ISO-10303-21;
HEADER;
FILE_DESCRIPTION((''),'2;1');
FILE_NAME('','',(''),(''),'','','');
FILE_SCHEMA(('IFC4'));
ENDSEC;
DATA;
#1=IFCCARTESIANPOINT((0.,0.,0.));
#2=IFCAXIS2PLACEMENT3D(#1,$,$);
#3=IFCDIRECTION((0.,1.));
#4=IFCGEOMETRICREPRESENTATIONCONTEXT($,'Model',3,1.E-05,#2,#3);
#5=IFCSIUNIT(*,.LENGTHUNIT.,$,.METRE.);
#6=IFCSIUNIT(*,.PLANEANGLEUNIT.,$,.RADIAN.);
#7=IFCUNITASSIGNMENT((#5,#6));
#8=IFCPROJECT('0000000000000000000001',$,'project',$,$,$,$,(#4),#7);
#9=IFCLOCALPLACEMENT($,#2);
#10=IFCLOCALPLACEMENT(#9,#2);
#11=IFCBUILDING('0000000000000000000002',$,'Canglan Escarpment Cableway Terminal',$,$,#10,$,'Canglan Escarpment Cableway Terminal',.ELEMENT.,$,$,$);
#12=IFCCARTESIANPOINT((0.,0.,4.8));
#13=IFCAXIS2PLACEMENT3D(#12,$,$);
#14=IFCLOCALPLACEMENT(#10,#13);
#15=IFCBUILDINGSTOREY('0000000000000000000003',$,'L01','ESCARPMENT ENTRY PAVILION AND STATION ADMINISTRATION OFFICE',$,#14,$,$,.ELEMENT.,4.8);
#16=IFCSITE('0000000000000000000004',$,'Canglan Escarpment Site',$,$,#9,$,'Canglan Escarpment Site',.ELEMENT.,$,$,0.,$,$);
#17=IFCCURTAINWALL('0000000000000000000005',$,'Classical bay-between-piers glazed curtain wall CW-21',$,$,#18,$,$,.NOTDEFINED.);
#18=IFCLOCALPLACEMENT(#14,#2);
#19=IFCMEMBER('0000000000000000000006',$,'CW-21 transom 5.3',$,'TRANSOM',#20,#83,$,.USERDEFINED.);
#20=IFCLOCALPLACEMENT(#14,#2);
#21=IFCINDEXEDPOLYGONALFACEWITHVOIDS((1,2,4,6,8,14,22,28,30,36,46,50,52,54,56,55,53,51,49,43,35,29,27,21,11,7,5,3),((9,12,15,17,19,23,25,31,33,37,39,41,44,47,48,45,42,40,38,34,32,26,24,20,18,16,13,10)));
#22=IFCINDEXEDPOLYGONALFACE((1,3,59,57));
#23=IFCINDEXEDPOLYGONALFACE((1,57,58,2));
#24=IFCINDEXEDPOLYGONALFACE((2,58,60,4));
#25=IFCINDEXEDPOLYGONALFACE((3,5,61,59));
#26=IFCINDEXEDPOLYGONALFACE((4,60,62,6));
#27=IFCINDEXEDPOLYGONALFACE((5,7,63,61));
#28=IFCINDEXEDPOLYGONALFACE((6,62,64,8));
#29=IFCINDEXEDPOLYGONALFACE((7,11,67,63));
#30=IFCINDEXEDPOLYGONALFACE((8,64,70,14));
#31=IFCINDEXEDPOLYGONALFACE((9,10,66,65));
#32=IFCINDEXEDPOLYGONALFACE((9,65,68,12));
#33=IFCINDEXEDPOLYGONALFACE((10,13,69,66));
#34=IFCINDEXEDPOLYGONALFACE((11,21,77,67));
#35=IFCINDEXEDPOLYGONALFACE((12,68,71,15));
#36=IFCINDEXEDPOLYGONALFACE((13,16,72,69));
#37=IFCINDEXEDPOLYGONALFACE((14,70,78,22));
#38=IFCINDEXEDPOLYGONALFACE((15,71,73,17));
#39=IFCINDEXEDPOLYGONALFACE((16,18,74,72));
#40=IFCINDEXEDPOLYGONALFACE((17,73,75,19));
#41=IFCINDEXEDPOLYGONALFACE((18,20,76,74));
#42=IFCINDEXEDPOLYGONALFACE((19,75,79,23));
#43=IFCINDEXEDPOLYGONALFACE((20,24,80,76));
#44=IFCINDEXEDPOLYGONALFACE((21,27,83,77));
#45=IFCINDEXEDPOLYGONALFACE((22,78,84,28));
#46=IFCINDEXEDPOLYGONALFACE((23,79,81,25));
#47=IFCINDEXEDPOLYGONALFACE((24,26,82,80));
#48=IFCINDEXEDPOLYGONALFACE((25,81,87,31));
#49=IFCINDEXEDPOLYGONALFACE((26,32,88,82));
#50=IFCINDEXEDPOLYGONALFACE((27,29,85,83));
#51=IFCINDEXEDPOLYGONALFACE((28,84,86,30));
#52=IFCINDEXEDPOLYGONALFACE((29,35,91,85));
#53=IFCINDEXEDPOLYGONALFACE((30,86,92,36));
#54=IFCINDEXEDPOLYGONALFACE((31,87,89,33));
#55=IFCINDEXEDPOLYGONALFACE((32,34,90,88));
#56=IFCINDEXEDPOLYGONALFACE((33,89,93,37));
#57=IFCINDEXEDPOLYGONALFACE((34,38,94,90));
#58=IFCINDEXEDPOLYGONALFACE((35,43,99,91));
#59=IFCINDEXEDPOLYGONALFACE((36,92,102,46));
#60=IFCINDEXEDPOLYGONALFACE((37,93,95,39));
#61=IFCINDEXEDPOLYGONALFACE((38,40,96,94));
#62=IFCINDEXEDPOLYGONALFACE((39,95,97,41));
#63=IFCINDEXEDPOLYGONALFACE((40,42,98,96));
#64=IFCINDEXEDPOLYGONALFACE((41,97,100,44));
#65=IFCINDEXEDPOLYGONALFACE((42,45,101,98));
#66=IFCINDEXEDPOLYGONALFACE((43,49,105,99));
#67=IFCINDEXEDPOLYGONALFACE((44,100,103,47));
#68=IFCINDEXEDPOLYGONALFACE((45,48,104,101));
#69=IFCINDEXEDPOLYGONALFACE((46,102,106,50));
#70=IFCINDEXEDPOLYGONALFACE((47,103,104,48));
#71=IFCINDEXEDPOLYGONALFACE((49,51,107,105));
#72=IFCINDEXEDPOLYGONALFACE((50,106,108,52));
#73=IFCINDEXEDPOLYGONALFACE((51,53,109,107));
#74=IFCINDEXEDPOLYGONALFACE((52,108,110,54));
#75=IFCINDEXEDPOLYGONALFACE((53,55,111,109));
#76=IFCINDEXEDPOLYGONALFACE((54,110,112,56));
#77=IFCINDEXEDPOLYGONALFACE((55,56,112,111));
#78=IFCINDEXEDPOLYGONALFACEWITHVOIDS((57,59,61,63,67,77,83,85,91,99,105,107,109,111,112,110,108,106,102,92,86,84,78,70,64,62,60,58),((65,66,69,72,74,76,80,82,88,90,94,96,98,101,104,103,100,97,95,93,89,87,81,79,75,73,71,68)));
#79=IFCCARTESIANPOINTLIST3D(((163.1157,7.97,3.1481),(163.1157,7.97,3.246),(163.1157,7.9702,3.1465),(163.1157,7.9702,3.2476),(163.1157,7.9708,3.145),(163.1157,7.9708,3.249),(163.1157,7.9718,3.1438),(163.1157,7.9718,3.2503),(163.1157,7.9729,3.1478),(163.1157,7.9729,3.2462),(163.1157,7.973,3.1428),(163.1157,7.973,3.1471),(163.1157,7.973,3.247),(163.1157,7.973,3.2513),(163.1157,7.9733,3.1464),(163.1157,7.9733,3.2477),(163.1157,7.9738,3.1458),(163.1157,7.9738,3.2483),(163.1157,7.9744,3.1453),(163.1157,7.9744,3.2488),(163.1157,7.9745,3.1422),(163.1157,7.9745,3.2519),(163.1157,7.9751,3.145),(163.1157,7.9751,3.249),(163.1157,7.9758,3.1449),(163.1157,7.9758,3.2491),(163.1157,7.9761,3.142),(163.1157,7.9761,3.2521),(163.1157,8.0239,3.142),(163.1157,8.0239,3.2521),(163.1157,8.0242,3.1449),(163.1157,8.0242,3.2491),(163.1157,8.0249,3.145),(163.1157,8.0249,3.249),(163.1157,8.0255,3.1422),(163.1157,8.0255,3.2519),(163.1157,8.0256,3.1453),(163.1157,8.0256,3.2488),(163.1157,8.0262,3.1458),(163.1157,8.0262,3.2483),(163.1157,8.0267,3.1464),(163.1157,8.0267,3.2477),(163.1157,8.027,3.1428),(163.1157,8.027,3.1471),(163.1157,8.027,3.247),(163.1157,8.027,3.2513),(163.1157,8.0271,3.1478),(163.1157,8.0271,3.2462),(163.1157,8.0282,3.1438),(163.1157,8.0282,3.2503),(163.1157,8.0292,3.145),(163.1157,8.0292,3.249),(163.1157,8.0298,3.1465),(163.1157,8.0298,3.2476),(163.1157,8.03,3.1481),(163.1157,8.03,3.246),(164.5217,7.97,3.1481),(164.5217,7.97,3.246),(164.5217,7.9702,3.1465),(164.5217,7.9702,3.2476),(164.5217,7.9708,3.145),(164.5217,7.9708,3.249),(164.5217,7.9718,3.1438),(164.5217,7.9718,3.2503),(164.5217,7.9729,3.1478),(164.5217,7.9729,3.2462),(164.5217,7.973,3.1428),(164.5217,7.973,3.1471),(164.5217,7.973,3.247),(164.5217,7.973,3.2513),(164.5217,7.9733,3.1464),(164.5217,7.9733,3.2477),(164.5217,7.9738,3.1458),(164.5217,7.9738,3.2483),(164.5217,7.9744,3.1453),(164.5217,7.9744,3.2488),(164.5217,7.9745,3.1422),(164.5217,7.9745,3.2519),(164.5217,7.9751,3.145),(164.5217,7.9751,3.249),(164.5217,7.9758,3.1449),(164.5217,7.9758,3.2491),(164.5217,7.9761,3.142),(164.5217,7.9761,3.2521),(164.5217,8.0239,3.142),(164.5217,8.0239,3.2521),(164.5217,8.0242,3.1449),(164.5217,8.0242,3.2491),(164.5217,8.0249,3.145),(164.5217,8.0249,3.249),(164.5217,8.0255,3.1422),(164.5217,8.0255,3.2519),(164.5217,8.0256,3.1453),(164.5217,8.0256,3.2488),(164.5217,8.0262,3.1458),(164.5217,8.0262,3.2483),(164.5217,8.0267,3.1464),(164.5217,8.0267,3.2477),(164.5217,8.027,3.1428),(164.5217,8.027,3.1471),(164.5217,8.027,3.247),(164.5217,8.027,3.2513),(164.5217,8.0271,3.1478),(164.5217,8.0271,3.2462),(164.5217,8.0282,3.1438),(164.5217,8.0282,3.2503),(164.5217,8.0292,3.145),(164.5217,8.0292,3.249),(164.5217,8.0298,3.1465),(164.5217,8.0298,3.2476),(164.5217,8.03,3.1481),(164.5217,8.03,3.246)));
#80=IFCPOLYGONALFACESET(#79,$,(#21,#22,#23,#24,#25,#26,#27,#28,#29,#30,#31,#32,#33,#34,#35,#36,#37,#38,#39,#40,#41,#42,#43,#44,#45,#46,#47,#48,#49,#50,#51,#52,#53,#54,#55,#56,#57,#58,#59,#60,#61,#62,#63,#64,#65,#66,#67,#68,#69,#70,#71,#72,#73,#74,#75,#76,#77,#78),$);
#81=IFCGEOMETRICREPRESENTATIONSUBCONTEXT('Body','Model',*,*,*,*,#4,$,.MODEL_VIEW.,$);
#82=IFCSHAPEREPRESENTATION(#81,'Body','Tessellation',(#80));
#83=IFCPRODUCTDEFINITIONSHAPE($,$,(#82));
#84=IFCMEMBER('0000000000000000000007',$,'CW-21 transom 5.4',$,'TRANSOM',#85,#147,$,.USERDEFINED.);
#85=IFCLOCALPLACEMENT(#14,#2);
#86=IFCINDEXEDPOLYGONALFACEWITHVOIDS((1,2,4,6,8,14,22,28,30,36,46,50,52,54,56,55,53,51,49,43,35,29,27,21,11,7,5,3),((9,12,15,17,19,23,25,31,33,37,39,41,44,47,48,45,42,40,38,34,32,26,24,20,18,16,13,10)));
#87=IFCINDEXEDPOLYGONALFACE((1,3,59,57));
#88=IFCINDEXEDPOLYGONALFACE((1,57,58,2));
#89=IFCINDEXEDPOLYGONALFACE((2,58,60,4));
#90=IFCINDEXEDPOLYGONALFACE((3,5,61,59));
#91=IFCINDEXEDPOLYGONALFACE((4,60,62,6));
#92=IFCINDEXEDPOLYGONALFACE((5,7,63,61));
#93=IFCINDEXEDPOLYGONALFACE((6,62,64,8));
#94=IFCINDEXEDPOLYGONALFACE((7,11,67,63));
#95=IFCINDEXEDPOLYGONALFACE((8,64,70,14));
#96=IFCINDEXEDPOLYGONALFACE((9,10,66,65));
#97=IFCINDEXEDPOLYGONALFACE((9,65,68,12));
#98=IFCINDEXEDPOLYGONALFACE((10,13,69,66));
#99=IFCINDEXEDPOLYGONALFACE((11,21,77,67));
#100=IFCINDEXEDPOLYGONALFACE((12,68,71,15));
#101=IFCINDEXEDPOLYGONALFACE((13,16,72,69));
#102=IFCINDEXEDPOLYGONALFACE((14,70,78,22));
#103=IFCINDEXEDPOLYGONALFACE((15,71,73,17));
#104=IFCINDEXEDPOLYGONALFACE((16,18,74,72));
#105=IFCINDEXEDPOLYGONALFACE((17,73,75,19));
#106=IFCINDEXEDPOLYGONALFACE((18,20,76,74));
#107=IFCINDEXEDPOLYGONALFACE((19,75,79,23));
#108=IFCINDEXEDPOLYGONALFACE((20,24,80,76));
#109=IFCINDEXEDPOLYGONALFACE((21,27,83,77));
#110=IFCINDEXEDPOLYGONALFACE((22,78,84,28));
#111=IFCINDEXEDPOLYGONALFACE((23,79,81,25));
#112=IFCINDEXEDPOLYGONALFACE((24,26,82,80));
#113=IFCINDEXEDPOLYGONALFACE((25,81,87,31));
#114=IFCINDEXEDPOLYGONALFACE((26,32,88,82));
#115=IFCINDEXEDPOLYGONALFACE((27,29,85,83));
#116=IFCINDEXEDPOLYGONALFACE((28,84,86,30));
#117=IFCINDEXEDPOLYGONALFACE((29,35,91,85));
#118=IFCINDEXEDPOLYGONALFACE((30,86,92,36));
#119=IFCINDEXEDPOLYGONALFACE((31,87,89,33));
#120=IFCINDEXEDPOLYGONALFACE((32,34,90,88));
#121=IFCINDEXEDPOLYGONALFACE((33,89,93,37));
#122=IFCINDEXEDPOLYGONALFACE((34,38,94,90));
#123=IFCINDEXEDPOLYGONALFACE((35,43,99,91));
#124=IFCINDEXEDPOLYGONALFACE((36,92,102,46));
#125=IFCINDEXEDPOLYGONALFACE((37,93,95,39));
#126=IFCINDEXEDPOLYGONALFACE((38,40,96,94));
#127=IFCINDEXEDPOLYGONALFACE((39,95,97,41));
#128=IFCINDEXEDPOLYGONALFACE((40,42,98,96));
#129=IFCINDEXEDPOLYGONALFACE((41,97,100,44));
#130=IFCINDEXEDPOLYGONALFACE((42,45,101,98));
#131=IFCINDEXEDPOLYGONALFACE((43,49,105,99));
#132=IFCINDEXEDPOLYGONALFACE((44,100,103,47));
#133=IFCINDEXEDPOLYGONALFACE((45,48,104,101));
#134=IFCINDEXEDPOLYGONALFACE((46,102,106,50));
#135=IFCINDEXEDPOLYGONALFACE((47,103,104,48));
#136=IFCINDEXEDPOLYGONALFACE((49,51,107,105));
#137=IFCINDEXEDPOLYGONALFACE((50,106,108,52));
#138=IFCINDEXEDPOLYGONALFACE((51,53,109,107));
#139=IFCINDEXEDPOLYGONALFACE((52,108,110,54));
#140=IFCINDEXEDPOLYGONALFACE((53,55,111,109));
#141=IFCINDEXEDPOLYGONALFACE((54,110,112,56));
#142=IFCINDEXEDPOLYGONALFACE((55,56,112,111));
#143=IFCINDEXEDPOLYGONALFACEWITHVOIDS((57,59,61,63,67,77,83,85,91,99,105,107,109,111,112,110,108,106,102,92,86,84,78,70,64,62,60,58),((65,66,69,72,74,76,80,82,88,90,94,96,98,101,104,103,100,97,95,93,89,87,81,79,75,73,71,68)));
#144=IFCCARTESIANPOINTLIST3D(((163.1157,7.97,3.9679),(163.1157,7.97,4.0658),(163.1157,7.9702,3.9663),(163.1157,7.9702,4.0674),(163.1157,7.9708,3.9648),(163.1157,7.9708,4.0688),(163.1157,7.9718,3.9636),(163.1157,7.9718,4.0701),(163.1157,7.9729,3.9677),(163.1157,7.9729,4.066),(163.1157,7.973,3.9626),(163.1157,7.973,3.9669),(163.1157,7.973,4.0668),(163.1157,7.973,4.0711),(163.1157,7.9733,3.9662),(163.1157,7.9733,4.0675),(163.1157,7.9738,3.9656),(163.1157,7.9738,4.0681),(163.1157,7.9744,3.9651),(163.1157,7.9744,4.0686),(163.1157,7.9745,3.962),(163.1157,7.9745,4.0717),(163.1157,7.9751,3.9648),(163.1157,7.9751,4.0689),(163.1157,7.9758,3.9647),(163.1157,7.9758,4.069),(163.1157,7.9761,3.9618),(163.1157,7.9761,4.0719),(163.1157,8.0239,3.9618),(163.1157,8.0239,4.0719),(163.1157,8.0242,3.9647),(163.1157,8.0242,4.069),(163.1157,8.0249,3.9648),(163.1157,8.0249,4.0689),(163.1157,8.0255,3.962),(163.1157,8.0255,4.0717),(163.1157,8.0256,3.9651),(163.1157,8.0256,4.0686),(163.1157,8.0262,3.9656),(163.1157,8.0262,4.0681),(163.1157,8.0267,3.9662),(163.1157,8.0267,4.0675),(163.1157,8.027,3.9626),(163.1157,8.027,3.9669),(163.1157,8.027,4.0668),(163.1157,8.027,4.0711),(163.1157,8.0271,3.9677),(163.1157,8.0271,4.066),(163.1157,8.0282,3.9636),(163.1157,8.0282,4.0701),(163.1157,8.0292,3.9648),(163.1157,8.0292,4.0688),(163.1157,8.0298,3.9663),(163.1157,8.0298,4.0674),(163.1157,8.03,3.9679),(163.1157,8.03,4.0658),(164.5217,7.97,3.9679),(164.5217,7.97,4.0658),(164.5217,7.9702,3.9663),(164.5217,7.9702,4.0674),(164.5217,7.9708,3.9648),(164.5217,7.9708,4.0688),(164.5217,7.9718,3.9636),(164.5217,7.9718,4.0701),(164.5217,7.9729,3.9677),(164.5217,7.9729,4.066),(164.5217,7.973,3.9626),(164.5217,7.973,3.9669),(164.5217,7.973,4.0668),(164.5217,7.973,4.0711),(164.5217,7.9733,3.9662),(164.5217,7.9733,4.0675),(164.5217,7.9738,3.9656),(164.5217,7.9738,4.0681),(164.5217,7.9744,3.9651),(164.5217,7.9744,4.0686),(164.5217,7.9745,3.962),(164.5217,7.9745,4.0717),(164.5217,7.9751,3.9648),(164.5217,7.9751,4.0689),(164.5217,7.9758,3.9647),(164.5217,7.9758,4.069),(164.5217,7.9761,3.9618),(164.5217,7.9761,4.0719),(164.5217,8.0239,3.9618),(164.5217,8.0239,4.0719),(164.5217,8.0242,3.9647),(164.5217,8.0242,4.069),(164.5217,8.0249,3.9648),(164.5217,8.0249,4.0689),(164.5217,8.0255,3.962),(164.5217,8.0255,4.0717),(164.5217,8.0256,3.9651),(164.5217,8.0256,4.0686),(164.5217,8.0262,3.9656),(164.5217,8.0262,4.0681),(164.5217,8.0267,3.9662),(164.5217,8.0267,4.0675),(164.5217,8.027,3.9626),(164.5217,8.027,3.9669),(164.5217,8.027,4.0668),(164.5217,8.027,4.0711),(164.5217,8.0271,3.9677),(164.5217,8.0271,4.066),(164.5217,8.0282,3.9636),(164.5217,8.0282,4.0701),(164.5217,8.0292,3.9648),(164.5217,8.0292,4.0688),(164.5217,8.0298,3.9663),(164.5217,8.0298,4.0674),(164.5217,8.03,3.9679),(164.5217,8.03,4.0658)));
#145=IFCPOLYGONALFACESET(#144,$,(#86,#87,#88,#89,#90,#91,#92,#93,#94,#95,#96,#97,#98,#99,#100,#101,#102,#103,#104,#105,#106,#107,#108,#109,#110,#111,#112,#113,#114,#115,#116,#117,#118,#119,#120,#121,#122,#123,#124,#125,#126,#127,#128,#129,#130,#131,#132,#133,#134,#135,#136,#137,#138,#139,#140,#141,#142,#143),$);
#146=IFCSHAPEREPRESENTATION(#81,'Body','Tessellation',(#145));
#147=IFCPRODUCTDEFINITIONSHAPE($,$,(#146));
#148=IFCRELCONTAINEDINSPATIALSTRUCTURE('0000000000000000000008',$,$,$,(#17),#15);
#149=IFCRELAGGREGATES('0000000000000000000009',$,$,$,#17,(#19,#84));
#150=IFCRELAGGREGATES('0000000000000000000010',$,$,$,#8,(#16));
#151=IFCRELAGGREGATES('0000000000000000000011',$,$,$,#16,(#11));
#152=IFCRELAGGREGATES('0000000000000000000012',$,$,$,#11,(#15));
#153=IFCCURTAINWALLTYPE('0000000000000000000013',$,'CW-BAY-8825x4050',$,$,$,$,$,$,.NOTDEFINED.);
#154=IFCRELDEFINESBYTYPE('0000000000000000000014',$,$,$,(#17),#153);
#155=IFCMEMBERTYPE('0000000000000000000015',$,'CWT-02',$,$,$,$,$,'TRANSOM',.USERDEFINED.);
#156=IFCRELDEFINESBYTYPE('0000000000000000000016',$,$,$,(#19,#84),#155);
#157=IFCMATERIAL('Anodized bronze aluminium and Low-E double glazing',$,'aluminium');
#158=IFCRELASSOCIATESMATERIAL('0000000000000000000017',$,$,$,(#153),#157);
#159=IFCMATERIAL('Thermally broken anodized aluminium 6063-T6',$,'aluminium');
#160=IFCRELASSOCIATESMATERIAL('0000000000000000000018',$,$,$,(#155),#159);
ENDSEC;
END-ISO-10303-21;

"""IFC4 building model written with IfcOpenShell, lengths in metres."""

from ifc_helpers import new_model, si_unit, direction, frame, origin, origin_2d, place, context, subcontext, project, spatial, hollow_rectangle, extrude, material, material_profile, profile_set, type_object, element, aggregate, save


model = new_model("IFC4")

# Units and contexts
model_context = context("Model", 3, precision=1e-05, world=origin(), true_north=direction((0.0, 1.0)))
body_context = subcontext(model_context, "Body", "Model", "MODEL_VIEW")
ifc_project = project(units=[si_unit("LENGTHUNIT", "METRE"), si_unit("PLANEANGLEUNIT", "RADIAN")], contexts=[model_context])

# Site, building, storey
site_placement = place(None, origin())
site = spatial("IfcSite", under=ifc_project, at=site_placement, Name="Canglan Escarpment Site", LongName="Canglan Escarpment Site", CompositionType="ELEMENT", RefElevation=0.0)
building_placement = place(site_placement, origin())
building = spatial("IfcBuilding", under=site, at=building_placement, Name="Canglan Escarpment Cableway Terminal", LongName="Canglan Escarpment Cableway Terminal", CompositionType="ELEMENT")
storey_placement = place(building_placement, frame((0.0, 0.0, 4.8)))
storey = spatial("IfcBuildingStorey", under=building, at=storey_placement, Name="L01", Description="ESCARPMENT ENTRY PAVILION AND STATION ADMINISTRATION OFFICE", CompositionType="ELEMENT", Elevation=4.8)

# Curtain wall, members
ifc_material_1 = material(Name="Anodized bronze aluminium and Low-E double glazing", Category="aluminium")
curtain_wall_type_1 = type_object("IfcCurtainWallType", Name="CW-BAY-8825x4050", PredefinedType="NOTDEFINED", material=ifc_material_1)
curtain_wall_1_placement = place(storey_placement, origin())
curtain_wall_1 = element("IfcCurtainWall", 1, at=curtain_wall_1_placement, inside=storey, type_object=curtain_wall_type_1, Name="Classical bay-between-piers glazed curtain wall CW-21", PredefinedType="NOTDEFINED")
ifc_material_2 = material(Name="Thermally broken anodized aluminium 6063-T6", Category="aluminium")
ifc_material_profile_1 = material_profile(ifc_material_2, hollow_rectangle(XDim=0.0601, YDim=0.1101, WallThickness=0.0029, InnerFilletRadius=0.0029, OuterFilletRadius=0.0061, at=origin_2d()), Name="ALU-TRAN 60x110x3")
ifc_profile_set_1 = profile_set([ifc_material_profile_1], Name="Thermally broken anodized aluminium 6063-T6")
member_type_1 = type_object("IfcMemberType", Name="CWT-02", ElementType="TRANSOM", PredefinedType="USERDEFINED", material=ifc_profile_set_1)
member_1_placement = place(storey_placement, frame((163.1157, 8.0, 3.197), z_axis=(1.0, 0.0, 0.0), x_axis=(0.0, 1.0, 0.0)))
member_1 = element("IfcMember", 2, at=member_1_placement, type_object=member_type_1, Name="CW-21 transom 5.3", ObjectType="TRANSOM", PredefinedType="USERDEFINED", context=body_context, shape_type="SweptSolid", body=[
    extrude(hollow_rectangle(XDim=0.0601, YDim=0.1101, WallThickness=0.0029, InnerFilletRadius=0.0029, OuterFilletRadius=0.0061, at=origin_2d()), origin(), (0.0, 0.0, 1.0), 1.406),
])
member_2_placement = place(storey_placement, frame((163.1157, 8.0, 4.0168), z_axis=(1.0, 0.0, 0.0), x_axis=(0.0, 1.0, 0.0)))
member_2 = element("IfcMember", 3, at=member_2_placement, type_object=member_type_1, Name="CW-21 transom 5.4", ObjectType="TRANSOM", PredefinedType="USERDEFINED", context=body_context, shape_type="SweptSolid", body=[
    extrude(hollow_rectangle(XDim=0.0601, YDim=0.1101, WallThickness=0.0029, InnerFilletRadius=0.0029, OuterFilletRadius=0.0061, at=origin_2d()), origin(), (0.0, 0.0, 1.0), 1.406),
])

aggregate(curtain_wall_1, [member_1, member_2])

save(model, "model.ifc")
